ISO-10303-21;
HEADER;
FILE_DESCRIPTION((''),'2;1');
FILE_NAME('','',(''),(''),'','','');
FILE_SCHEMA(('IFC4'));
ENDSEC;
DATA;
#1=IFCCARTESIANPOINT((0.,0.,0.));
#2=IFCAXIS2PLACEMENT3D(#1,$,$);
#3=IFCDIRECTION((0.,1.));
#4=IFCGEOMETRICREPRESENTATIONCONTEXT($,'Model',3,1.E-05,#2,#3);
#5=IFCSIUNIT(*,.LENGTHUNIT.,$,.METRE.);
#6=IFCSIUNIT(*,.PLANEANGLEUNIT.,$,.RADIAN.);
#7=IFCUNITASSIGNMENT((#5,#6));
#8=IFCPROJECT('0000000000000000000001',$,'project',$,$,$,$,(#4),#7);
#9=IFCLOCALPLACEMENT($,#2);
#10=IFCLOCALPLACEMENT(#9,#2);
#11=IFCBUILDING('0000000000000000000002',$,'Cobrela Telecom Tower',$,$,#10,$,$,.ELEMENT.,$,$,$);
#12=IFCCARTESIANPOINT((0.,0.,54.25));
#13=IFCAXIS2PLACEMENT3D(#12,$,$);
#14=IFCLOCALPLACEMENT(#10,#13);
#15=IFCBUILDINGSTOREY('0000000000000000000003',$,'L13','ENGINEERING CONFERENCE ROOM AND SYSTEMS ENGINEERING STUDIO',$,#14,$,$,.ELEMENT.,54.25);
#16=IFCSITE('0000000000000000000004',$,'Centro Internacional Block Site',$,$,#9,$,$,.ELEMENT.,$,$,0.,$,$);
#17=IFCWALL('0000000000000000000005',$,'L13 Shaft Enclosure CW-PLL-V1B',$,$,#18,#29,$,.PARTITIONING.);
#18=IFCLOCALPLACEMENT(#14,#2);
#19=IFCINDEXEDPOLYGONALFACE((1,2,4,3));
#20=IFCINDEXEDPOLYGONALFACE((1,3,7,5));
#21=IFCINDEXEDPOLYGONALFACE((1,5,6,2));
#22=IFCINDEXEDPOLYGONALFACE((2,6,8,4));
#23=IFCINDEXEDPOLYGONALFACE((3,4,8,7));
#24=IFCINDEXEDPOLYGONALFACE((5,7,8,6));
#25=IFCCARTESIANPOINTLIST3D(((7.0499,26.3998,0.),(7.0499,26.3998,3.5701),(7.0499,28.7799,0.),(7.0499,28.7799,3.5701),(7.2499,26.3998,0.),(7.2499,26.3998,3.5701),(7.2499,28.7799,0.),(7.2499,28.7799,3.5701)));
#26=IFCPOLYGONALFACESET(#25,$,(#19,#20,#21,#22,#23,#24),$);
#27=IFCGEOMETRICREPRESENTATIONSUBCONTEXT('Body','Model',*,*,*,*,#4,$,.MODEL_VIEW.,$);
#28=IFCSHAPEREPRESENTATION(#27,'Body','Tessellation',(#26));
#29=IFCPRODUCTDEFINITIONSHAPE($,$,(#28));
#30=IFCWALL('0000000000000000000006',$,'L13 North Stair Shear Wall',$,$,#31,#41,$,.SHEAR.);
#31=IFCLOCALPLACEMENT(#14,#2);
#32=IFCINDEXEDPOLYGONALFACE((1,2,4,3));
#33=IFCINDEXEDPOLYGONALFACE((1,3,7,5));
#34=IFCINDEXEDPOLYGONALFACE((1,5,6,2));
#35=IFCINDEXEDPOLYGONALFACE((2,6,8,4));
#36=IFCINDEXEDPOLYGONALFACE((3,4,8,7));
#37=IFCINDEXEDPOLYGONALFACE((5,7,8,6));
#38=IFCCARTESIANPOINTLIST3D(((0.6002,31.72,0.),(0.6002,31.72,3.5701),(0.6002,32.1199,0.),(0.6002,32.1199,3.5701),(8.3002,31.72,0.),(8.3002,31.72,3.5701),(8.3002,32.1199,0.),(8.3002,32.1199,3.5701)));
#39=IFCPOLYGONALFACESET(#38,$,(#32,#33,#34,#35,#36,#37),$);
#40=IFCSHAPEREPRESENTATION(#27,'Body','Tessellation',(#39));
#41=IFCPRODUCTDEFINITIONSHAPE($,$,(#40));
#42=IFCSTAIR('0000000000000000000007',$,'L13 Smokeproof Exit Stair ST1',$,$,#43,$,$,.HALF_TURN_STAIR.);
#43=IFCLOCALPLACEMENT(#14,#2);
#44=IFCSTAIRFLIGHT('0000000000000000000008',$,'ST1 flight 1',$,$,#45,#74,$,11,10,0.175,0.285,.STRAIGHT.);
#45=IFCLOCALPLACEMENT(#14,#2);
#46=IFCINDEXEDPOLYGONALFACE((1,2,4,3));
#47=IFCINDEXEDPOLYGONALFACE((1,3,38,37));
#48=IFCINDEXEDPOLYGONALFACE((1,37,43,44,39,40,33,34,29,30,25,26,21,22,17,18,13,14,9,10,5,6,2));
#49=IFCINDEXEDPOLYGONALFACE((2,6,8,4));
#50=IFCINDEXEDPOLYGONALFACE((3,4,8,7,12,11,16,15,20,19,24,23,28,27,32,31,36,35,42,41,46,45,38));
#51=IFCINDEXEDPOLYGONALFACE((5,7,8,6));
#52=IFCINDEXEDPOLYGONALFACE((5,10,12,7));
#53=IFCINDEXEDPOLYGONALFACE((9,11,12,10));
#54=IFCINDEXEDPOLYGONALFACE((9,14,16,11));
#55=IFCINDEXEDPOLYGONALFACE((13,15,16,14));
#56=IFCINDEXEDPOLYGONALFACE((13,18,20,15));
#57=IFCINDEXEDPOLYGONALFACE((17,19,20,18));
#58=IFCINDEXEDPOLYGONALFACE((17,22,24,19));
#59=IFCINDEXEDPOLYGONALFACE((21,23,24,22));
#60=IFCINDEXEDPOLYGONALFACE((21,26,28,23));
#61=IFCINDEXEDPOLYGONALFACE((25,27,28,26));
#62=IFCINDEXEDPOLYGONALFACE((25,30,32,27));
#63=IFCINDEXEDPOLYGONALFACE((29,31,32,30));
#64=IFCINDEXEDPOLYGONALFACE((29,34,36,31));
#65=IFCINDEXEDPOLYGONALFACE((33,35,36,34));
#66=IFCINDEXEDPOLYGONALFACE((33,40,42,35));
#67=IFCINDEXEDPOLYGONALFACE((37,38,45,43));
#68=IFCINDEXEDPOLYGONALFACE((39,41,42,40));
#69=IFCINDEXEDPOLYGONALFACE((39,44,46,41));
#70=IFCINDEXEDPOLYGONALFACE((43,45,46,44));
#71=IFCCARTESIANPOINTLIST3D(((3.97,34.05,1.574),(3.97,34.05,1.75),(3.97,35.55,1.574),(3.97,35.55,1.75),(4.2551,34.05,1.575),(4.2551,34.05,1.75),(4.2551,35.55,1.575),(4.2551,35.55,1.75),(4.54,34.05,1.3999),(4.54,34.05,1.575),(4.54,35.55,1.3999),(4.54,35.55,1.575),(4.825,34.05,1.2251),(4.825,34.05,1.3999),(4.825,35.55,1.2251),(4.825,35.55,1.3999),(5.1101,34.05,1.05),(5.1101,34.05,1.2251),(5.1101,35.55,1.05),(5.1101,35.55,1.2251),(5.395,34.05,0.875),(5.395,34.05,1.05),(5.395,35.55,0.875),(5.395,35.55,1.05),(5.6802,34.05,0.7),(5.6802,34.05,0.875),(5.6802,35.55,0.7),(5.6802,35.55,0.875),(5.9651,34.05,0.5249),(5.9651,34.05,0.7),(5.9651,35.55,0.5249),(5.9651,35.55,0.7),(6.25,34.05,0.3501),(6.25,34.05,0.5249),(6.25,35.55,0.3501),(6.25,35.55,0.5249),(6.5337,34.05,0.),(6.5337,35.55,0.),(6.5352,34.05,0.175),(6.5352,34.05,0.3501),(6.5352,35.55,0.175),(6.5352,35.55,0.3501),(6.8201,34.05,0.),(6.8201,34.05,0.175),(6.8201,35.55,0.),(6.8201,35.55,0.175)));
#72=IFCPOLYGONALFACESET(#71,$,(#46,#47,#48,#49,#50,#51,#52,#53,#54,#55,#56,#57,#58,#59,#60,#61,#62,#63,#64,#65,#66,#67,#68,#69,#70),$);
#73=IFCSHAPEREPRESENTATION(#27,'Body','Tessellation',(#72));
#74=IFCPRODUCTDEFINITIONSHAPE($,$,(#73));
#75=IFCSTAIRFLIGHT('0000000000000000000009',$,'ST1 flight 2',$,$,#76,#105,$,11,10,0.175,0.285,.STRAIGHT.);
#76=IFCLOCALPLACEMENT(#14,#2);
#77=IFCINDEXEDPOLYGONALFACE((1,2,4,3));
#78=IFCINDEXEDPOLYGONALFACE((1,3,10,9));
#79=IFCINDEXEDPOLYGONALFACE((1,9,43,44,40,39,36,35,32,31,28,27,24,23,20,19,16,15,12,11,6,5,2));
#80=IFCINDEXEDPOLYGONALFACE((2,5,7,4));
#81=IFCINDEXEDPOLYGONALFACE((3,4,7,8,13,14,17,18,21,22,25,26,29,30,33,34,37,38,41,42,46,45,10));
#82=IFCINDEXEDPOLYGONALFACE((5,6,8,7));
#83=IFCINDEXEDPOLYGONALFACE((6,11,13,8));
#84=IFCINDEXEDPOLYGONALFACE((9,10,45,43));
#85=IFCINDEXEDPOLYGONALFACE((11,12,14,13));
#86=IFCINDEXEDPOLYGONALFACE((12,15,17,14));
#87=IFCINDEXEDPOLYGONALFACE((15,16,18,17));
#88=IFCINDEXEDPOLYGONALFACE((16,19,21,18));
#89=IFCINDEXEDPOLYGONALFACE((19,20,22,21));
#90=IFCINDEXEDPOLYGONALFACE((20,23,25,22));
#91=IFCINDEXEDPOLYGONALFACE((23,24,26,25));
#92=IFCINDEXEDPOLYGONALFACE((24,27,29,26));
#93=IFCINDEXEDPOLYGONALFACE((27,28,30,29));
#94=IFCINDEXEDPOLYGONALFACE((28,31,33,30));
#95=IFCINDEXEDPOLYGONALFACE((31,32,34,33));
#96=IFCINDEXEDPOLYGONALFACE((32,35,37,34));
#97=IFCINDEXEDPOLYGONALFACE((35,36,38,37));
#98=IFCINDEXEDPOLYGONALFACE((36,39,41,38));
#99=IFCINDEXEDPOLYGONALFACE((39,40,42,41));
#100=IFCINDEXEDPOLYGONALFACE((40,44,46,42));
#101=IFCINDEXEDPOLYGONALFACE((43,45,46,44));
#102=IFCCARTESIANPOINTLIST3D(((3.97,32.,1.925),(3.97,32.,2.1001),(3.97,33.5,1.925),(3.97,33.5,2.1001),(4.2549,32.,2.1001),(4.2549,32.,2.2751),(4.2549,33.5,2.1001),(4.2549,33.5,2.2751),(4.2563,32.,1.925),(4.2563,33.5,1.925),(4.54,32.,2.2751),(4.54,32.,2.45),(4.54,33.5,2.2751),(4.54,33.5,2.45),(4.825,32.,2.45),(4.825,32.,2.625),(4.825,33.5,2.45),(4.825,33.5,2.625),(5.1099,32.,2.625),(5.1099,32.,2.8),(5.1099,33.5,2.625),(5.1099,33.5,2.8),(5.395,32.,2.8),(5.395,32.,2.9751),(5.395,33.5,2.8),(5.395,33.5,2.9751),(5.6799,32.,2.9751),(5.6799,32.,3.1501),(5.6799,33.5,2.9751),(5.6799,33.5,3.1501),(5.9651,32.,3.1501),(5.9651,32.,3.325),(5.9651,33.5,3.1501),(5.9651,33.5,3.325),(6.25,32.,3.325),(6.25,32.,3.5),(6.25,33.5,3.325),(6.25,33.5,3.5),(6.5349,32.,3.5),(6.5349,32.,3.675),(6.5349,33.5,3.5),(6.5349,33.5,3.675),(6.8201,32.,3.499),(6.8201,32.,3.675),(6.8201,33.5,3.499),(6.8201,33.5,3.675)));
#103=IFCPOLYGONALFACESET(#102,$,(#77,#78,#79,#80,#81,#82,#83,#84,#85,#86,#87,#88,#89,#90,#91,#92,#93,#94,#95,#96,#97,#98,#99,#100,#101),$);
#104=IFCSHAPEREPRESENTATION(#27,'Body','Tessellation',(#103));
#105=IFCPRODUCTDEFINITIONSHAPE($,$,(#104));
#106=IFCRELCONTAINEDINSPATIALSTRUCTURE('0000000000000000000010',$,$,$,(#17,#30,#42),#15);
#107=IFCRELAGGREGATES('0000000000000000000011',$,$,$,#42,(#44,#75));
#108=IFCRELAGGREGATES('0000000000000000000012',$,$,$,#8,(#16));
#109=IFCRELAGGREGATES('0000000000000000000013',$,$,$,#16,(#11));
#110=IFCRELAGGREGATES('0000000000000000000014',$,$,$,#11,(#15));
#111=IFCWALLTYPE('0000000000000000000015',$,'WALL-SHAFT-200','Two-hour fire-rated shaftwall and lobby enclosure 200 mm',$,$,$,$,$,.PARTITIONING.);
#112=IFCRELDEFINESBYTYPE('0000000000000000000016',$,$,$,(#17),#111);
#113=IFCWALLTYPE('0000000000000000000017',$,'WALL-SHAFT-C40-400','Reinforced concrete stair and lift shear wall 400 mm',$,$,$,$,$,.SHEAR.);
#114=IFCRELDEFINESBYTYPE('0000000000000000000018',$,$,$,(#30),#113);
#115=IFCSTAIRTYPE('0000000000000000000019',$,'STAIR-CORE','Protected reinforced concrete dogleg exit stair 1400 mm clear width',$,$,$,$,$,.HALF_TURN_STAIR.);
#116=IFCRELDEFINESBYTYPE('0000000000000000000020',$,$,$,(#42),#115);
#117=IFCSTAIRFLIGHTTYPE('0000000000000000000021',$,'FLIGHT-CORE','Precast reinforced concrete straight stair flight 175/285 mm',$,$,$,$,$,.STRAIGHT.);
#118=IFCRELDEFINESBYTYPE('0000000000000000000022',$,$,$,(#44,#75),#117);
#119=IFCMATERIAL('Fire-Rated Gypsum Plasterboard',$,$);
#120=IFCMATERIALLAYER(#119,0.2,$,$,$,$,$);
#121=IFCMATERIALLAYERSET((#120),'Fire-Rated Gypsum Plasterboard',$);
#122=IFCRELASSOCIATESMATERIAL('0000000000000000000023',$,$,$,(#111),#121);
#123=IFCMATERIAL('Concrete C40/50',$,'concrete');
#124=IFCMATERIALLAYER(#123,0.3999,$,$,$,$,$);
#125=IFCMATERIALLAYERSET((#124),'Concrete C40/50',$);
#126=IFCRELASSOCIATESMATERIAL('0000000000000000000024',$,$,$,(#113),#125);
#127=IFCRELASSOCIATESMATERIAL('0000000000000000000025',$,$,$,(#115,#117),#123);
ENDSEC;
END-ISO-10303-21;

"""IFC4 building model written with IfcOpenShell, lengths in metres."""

from ifc_helpers import new_model, si_unit, direction, frame, frame_2d, origin, place, context, subcontext, project, spatial, polyline, rectangle, outline, extrude, material, layer, layer_set, type_object, element, aggregate, save


model = new_model("IFC4")

# Units and contexts
model_context = context("Model", 3, precision=1e-05, world=origin(), true_north=direction((0.0, 1.0)))
body_context = subcontext(model_context, "Body", "Model", "MODEL_VIEW")
ifc_project = project(units=[si_unit("LENGTHUNIT", "METRE"), si_unit("PLANEANGLEUNIT", "RADIAN")], contexts=[model_context])

# Site, building, storey
site_placement = place(None, origin())
site = spatial("IfcSite", under=ifc_project, at=site_placement, Name="Centro Internacional Block Site", CompositionType="ELEMENT", RefElevation=0.0)
building_placement = place(site_placement, origin())
building = spatial("IfcBuilding", under=site, at=building_placement, Name="Cobrela Telecom Tower", CompositionType="ELEMENT")
storey_placement = place(building_placement, frame((0.0, 0.0, 54.25)))
storey = spatial("IfcBuildingStorey", under=building, at=storey_placement, Name="L13", Description="ENGINEERING CONFERENCE ROOM AND SYSTEMS ENGINEERING STUDIO", CompositionType="ELEMENT", Elevation=54.25)

# Shared definitions
ifc_material_1 = material(Name="Fire-Rated Gypsum Plasterboard")
ifc_layer_1 = layer(ifc_material_1, 0.2)
ifc_layer_set_1 = layer_set([ifc_layer_1], Name="Fire-Rated Gypsum Plasterboard")
wall_type_1 = type_object("IfcWallType", Name="WALL-SHAFT-200", Description="Two-hour fire-rated shaftwall and lobby enclosure 200 mm", PredefinedType="PARTITIONING", material=ifc_layer_set_1)

# Walls
wall_1_placement = place(storey_placement, frame((7.1499, 26.3999, 0.0), z_axis=(0.0, 0.0, 1.0), x_axis=(0.0, 1.0, 0.0)))
element("IfcWall", 1, at=wall_1_placement, inside=storey, type_object=wall_type_1, Name="L13 Shaft Enclosure CW-PLL-V1B", PredefinedType="PARTITIONING", context=body_context, shape_type="SweptSolid", body=[
    extrude(rectangle(XDim=2.3801, YDim=0.2, at=frame_2d((1.1899, 0.0))), origin(), (0.0, 0.0, 1.0), 3.5701),
])
ifc_material_2 = material(Name="Concrete C40/50", Category="concrete")
ifc_layer_2 = layer(ifc_material_2, 0.3999)
ifc_layer_set_2 = layer_set([ifc_layer_2], Name="Concrete C40/50")
wall_type_2 = type_object("IfcWallType", Name="WALL-SHAFT-C40-400", Description="Reinforced concrete stair and lift shear wall 400 mm", PredefinedType="SHEAR", material=ifc_layer_set_2)
wall_2_placement = place(storey_placement, frame((0.6001, 31.9199, 0.0), z_axis=(0.0, 0.0, 1.0), x_axis=(1.0, 0.0, 0.0)))
element("IfcWall", 2, at=wall_2_placement, inside=storey, type_object=wall_type_2, Name="L13 North Stair Shear Wall", PredefinedType="SHEAR", context=body_context, shape_type="SweptSolid", body=[
    extrude(rectangle(XDim=7.7, YDim=0.3999, at=frame_2d((3.8501, 0.0))), origin(), (0.0, 0.0, 1.0), 3.5701),
])

# Stair, stair flights
stair_type = type_object("IfcStairType", Name="STAIR-CORE", Description="Protected reinforced concrete dogleg exit stair 1400 mm clear width", PredefinedType="HALF_TURN_STAIR", material=ifc_material_2)
stair_placement = place(storey_placement, origin())
stair = element("IfcStair", 3, at=stair_placement, inside=storey, type_object=stair_type, Name="L13 Smokeproof Exit Stair ST1", PredefinedType="HALF_TURN_STAIR")
stair_flight_type = type_object("IfcStairFlightType", Name="FLIGHT-CORE", Description="Precast reinforced concrete straight stair flight 175/285 mm", PredefinedType="STRAIGHT", material=ifc_material_2)
stair_flight_1_placement = place(storey_placement, frame((6.8201, 34.8, 0.0), z_axis=(0.0, 0.0, 1.0), x_axis=(-1.0, 0.0, 0.0)))
stair_flight_1 = element("IfcStairFlight", 4, at=stair_flight_1_placement, type_object=stair_flight_type, Name="ST1 flight 1", NumberOfRisers=11, NumberOfTreads=10, PredefinedType="STRAIGHT", RiserHeight=0.175, TreadLength=0.285, context=body_context, shape_type="SweptSolid", body=[
    extrude(outline(polyline([(0.0, 0.0), (0.0, 0.175), (0.2849, 0.175), (0.2849, 0.3501), (0.5701, 0.3501), (0.5701, 0.5249), (0.855, 0.5249), (0.855, 0.7), (1.1399, 0.7), (1.1399, 0.875), (1.425, 0.875), (1.425, 1.05), (1.71, 1.05), (1.71, 1.2251), (1.9951, 1.2251), (1.9951, 1.3999), (2.28, 1.3999), (2.28, 1.575), (2.5649, 1.575), (2.5649, 1.75), (2.8501, 1.75), (2.8501, 1.925), (2.8501, 1.574), (0.2864, 0.0), (0.0, 0.0)])), frame((0.0, 0.75, 0.0), z_axis=(0.0, -1.0, 0.0), x_axis=(1.0, 0.0, 0.0)), (0.0, 0.0, 1.0), 1.5),
])
stair_flight_2_placement = place(storey_placement, frame((3.97, 32.75, 1.925), z_axis=(0.0, 0.0, 1.0), x_axis=(1.0, 0.0, 0.0)))
stair_flight_2 = element("IfcStairFlight", 5, at=stair_flight_2_placement, type_object=stair_flight_type, Name="ST1 flight 2", NumberOfRisers=11, NumberOfTreads=10, PredefinedType="STRAIGHT", RiserHeight=0.175, TreadLength=0.285, context=body_context, shape_type="SweptSolid", body=[
    extrude(outline(polyline([(0.0, 0.0), (0.0, 0.175), (0.2849, 0.175), (0.2849, 0.3501), (0.5701, 0.3501), (0.5701, 0.5249), (0.855, 0.5249), (0.855, 0.7), (1.1399, 0.7), (1.1399, 0.875), (1.425, 0.875), (1.425, 1.05), (1.71, 1.05), (1.71, 1.2251), (1.9951, 1.2251), (1.9951, 1.3999), (2.28, 1.3999), (2.28, 1.575), (2.5649, 1.575), (2.5649, 1.75), (2.8501, 1.75), (2.8501, 1.925), (2.8501, 1.574), (0.2864, 0.0), (0.0, 0.0)])), frame((0.0, 0.75, 0.0), z_axis=(0.0, -1.0, 0.0), x_axis=(1.0, 0.0, 0.0)), (0.0, 0.0, 1.0), 1.5),
])
aggregate(stair, [stair_flight_1, stair_flight_2])

save(model, "model.ifc")
